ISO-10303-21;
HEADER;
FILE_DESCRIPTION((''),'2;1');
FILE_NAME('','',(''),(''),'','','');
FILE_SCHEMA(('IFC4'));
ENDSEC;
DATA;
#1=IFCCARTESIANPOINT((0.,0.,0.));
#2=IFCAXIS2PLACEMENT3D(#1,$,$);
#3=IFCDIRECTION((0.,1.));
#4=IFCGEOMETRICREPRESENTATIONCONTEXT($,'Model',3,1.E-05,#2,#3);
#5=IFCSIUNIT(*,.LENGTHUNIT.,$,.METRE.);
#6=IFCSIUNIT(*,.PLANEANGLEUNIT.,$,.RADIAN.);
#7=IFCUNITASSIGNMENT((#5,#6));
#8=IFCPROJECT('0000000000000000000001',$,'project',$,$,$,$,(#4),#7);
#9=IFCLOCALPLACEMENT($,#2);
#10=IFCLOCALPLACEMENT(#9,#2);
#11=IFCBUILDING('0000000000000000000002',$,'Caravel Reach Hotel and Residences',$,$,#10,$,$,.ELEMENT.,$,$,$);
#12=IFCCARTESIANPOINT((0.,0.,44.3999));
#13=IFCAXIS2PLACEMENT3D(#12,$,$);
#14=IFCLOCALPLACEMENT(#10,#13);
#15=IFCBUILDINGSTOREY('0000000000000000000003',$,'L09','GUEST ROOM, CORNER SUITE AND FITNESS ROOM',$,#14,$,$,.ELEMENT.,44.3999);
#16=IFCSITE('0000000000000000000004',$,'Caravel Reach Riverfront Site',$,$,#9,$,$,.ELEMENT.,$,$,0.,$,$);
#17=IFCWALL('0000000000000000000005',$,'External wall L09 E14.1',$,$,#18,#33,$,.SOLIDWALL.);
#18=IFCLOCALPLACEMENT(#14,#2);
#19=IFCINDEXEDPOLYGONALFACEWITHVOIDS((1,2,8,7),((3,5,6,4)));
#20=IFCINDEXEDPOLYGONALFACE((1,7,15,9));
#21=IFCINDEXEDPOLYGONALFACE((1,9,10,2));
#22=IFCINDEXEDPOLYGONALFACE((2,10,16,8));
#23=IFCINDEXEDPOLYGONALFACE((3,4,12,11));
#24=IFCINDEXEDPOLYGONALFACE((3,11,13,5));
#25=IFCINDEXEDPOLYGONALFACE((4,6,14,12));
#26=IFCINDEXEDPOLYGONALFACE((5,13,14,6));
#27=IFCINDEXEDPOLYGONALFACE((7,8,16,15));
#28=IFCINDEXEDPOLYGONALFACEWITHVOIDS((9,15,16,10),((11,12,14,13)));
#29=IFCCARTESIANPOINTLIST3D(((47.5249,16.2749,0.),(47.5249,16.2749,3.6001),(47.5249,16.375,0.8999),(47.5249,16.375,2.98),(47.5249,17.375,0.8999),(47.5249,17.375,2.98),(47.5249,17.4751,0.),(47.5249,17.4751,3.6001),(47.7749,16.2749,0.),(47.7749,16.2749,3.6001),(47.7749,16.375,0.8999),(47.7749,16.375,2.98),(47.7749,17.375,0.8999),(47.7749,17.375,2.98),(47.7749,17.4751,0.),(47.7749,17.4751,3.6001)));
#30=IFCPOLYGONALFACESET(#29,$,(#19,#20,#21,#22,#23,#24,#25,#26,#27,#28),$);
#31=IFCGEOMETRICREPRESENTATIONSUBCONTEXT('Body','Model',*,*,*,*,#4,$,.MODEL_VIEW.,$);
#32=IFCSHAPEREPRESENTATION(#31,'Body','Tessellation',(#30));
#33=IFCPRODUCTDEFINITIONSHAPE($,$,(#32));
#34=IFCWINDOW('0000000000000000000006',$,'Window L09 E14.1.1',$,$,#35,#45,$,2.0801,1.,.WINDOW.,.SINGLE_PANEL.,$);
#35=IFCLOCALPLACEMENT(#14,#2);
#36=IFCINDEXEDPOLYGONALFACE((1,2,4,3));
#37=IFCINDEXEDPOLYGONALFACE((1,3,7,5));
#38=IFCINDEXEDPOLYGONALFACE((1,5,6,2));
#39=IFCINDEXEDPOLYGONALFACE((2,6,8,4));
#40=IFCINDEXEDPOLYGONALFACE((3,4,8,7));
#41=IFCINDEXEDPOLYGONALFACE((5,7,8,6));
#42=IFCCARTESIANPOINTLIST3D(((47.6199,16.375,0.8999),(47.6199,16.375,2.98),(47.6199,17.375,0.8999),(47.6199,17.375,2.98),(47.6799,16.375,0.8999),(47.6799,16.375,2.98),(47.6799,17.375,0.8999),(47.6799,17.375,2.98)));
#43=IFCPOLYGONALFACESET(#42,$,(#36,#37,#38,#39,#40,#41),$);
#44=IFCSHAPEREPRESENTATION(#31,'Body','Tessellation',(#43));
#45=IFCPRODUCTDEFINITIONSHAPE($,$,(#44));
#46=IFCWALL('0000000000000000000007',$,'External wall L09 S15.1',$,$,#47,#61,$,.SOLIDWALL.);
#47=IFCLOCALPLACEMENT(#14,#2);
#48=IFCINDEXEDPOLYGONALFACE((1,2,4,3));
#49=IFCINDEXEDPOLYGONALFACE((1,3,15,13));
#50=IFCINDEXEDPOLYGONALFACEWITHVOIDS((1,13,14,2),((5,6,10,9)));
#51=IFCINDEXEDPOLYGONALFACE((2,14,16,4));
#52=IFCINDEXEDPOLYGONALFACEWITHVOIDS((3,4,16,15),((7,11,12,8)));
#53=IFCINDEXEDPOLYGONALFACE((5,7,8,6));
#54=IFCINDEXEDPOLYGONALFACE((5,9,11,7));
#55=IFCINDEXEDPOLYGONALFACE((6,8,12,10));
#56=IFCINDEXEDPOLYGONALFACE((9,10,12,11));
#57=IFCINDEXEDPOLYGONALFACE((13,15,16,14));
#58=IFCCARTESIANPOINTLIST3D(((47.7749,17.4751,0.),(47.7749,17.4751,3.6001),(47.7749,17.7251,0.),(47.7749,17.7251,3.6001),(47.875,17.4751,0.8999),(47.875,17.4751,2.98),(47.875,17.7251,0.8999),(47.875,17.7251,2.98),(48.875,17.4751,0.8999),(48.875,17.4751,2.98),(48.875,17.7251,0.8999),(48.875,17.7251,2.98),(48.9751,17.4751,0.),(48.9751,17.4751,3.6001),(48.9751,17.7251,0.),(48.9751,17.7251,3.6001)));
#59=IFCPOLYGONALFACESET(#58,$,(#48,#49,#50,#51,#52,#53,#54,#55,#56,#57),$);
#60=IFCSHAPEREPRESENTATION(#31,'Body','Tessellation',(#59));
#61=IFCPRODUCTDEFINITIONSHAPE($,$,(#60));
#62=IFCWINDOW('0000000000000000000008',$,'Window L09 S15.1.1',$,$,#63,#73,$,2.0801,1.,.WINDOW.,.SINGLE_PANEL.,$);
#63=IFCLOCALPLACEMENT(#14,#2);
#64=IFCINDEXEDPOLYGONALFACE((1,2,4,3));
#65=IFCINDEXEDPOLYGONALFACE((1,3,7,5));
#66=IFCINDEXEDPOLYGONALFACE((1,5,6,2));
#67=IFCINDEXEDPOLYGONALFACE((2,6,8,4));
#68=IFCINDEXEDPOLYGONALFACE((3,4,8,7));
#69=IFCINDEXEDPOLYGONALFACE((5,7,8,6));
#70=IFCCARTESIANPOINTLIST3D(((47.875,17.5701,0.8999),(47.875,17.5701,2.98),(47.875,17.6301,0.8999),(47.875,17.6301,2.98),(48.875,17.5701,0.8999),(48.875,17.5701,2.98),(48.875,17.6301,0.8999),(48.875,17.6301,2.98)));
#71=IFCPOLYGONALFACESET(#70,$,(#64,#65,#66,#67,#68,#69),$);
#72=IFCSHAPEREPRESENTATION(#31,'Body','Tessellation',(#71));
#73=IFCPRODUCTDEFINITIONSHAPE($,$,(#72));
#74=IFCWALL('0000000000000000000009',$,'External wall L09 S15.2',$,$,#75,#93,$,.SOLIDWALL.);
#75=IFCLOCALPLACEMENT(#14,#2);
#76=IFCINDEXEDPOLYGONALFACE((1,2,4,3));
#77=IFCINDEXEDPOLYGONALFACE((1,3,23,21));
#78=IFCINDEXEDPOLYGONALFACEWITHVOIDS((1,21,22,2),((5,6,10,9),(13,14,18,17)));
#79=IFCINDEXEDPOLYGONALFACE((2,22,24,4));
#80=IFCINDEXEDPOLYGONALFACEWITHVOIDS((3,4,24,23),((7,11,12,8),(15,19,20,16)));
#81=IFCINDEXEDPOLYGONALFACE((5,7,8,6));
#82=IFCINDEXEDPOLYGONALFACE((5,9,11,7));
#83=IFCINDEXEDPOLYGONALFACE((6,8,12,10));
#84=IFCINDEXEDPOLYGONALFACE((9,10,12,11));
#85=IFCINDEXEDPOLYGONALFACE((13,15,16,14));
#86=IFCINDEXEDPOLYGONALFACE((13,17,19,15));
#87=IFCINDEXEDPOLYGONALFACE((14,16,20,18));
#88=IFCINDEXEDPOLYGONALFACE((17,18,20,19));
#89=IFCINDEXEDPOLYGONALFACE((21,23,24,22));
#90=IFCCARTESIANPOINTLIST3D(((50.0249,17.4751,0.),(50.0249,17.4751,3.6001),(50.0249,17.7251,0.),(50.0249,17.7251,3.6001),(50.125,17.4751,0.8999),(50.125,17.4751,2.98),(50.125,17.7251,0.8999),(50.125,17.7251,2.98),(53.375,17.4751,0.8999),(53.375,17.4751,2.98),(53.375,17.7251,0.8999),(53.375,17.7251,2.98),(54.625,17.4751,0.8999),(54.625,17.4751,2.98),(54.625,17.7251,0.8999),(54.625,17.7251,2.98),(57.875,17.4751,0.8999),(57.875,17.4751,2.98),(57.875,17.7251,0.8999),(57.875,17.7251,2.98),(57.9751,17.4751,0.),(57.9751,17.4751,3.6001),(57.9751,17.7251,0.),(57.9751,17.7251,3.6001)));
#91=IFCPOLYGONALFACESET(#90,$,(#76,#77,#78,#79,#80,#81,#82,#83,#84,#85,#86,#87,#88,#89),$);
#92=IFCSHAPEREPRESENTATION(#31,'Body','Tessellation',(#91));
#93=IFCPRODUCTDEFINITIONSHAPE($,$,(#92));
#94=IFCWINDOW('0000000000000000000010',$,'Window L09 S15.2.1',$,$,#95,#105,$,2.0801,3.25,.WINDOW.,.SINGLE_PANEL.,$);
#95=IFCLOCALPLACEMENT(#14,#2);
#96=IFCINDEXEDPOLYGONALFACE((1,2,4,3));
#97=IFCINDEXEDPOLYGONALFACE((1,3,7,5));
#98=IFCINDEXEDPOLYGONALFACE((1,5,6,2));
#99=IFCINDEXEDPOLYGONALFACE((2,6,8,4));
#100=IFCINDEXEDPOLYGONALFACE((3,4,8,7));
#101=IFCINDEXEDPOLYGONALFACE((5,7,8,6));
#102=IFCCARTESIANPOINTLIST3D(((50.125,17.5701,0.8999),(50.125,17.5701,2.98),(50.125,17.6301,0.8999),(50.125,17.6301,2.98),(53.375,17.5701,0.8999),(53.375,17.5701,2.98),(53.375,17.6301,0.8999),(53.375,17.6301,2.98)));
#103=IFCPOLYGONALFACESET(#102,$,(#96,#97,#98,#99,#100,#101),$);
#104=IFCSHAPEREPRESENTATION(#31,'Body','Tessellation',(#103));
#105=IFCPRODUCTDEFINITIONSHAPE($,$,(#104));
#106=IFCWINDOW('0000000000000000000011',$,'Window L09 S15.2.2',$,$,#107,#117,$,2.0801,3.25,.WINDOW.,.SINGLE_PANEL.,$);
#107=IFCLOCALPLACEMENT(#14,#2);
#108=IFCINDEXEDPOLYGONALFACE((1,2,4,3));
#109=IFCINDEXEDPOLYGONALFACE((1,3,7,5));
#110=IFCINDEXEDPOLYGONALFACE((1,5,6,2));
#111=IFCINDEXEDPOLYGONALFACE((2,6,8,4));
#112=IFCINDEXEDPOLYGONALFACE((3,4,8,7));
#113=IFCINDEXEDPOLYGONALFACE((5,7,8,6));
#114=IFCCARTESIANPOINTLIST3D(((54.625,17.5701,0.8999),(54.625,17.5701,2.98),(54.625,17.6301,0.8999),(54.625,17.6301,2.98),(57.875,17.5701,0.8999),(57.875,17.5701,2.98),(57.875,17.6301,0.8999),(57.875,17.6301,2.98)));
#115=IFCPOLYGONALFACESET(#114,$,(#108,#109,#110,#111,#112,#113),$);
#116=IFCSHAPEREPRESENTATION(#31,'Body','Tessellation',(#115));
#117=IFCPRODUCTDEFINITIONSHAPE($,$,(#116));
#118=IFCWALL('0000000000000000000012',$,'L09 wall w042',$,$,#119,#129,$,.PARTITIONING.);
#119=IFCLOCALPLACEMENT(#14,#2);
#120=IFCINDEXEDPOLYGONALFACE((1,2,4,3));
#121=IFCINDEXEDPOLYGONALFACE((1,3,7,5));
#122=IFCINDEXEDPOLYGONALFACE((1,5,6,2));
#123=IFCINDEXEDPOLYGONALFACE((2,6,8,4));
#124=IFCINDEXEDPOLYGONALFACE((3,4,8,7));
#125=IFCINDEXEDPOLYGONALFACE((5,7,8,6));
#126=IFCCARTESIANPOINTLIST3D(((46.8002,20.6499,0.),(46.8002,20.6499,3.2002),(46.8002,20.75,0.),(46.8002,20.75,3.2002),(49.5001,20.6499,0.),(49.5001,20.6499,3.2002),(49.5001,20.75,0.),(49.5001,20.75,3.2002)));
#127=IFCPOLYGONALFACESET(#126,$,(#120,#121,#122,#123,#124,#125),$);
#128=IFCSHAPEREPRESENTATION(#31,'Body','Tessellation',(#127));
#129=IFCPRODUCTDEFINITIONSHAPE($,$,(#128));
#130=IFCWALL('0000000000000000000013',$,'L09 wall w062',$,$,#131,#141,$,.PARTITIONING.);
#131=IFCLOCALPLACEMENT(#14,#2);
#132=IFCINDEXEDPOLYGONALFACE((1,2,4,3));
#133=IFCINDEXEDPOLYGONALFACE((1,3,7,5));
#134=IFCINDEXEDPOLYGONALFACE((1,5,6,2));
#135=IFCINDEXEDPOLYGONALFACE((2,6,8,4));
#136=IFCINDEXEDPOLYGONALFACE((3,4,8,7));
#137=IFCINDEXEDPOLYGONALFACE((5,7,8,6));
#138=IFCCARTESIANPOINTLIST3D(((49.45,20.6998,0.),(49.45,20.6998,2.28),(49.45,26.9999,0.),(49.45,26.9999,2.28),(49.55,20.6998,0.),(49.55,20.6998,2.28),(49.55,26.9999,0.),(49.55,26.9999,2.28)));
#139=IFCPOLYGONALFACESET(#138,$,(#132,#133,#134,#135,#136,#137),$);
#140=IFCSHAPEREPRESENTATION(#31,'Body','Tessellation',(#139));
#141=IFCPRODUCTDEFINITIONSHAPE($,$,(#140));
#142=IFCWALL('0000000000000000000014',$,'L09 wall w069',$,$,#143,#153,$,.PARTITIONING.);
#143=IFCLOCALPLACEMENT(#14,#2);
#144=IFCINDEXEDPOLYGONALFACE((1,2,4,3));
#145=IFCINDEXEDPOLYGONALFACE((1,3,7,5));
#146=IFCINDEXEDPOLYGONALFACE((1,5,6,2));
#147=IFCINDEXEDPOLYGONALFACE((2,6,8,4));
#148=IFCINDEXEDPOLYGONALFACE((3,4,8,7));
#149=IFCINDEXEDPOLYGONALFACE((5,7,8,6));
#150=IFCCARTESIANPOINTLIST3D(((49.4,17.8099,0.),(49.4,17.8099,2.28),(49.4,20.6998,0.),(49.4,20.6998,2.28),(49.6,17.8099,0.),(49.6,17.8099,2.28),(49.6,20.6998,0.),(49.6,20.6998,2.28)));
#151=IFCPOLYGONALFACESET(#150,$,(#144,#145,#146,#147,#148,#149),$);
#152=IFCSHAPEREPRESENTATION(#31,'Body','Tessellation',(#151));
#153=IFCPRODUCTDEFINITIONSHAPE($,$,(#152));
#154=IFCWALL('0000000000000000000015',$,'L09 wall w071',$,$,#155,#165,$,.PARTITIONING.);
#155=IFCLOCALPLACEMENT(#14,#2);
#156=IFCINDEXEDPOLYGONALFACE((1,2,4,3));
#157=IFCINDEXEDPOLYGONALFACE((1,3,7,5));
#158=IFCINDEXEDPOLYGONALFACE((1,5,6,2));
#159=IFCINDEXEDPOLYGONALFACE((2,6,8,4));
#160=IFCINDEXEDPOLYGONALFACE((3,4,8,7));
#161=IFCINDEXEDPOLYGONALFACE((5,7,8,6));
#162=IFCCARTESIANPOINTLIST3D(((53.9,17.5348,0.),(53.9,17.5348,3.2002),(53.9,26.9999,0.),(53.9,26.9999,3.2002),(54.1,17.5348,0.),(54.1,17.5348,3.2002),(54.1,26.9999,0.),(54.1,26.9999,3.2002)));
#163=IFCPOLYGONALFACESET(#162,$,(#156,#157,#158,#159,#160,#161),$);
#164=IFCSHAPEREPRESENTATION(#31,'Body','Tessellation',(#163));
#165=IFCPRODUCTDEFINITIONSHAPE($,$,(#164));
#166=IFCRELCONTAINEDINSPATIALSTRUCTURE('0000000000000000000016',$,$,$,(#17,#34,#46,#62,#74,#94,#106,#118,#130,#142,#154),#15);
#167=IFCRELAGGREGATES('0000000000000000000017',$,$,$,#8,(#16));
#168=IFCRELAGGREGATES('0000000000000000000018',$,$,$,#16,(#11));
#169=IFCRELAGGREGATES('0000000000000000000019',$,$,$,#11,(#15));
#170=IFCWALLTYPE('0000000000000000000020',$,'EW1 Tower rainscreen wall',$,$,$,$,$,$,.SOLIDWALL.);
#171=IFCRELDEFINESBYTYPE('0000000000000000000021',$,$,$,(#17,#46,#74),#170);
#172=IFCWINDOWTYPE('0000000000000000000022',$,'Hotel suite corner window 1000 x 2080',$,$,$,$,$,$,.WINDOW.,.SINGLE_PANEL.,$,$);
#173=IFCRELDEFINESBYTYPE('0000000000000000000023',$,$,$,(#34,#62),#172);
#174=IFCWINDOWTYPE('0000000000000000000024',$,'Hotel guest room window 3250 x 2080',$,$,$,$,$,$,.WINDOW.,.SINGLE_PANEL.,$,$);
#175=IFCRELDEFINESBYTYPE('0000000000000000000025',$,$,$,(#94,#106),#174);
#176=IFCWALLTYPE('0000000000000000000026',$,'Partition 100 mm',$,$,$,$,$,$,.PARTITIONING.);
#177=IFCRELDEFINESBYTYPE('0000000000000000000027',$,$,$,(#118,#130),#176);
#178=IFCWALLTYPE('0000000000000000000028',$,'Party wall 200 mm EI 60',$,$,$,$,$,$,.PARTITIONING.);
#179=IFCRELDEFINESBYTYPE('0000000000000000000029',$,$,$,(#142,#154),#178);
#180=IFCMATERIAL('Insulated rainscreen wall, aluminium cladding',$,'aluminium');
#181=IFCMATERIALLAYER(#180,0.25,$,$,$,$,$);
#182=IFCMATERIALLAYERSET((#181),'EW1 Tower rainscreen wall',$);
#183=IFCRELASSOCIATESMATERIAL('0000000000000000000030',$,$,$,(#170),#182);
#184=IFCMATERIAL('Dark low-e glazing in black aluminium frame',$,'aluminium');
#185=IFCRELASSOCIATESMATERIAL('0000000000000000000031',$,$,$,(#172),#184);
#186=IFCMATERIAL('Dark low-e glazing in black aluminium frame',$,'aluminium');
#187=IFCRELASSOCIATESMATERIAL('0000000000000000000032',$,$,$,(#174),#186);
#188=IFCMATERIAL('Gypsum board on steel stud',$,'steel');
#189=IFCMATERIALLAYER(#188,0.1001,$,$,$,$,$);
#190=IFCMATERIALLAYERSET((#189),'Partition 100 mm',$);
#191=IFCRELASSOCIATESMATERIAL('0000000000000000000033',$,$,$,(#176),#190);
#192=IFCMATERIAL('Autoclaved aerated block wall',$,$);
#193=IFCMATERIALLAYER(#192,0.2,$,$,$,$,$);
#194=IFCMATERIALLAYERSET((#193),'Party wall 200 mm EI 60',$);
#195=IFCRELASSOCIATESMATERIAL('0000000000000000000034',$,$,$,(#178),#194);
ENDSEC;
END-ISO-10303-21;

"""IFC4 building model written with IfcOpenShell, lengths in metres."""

from ifc_helpers import new_model, si_unit, direction, frame, frame_2d, origin, place, context, subcontext, project, spatial, rectangle, extrude, material, layer, layer_set, type_object, element, fill, save


model = new_model("IFC4")

# Units and contexts
model_context = context("Model", 3, precision=1e-05, world=origin(), true_north=direction((0.0, 1.0)))
body_context = subcontext(model_context, "Body", "Model", "MODEL_VIEW")
ifc_project = project(units=[si_unit("LENGTHUNIT", "METRE"), si_unit("PLANEANGLEUNIT", "RADIAN")], contexts=[model_context])

# Site, building, storey
site_placement = place(None, origin())
site = spatial("IfcSite", under=ifc_project, at=site_placement, Name="Caravel Reach Riverfront Site", CompositionType="ELEMENT", RefElevation=0.0)
building_placement = place(site_placement, origin())
building = spatial("IfcBuilding", under=site, at=building_placement, Name="Caravel Reach Hotel and Residences", CompositionType="ELEMENT")
storey_placement = place(building_placement, frame((0.0, 0.0, 44.3999)))
storey = spatial("IfcBuildingStorey", under=building, at=storey_placement, Name="L09", Description="GUEST ROOM, CORNER SUITE AND FITNESS ROOM", CompositionType="ELEMENT", Elevation=44.3999)

# Walls, openings, windows
ifc_material_1 = material(Name="Insulated rainscreen wall, aluminium cladding", Category="aluminium")
ifc_layer_1 = layer(ifc_material_1, 0.25)
ifc_layer_set_1 = layer_set([ifc_layer_1], Name="EW1 Tower rainscreen wall")
wall_type_1 = type_object("IfcWallType", Name="EW1 Tower rainscreen wall", PredefinedType="SOLIDWALL", material=ifc_layer_set_1)
ifc_material_2 = material(Name="Dark low-e glazing in black aluminium frame", Category="aluminium")
window_type_1 = type_object("IfcWindowType", Name="Hotel suite corner window 1000 x 2080", PartitioningType="SINGLE_PANEL", PredefinedType="WINDOW", material=ifc_material_2)
wall_1_placement = place(storey_placement, frame((47.6499, 16.2749, 0.0), z_axis=(0.0, 0.0, 1.0), x_axis=(0.0, 1.0, 0.0)))
wall_1 = element("IfcWall", 1, at=wall_1_placement, inside=storey, type_object=wall_type_1, Name="External wall L09 E14.1", PredefinedType="SOLIDWALL", context=body_context, shape_type="SweptSolid", body=[
    extrude(rectangle(XDim=1.2002, YDim=0.25, at=frame_2d((0.6001, 0.0))), origin(), (0.0, 0.0, 1.0), 3.6001),
])
opening_1_placement = place(wall_1_placement, frame((0.1001, 0.0, 0.8999)))
opening_1 = element("IfcOpeningElement", 2, at=opening_1_placement, cuts=wall_1, PredefinedType="OPENING", context=body_context, shape_type="SweptSolid", body=[
    extrude(rectangle(XDim=1.0, YDim=2.0801, at=frame_2d((0.5, 1.04))), frame((0.0, 0.135, 0.0), z_axis=(0.0, -1.0, 0.0), x_axis=(1.0, 0.0, 0.0)), (0.0, 0.0, 1.0), 0.27),
])
window_1_placement = place(opening_1_placement, origin())
window_1 = element("IfcWindow", 3, at=window_1_placement, inside=storey, type_object=window_type_1, Name="Window L09 E14.1.1", OverallHeight=2.0801, OverallWidth=1.0, PartitioningType="SINGLE_PANEL", PredefinedType="WINDOW", context=body_context, shape_type="SweptSolid", body=[
    extrude(rectangle(XDim=1.0, YDim=2.0801, at=frame_2d((0.5, 1.04))), frame((0.0, 0.03, 0.0), z_axis=(0.0, -1.0, 0.0), x_axis=(1.0, 0.0, 0.0)), (0.0, 0.0, 1.0), 0.0601),
])
fill(opening_1, window_1)
wall_2_placement = place(storey_placement, frame((47.7749, 17.6001, 0.0), z_axis=(0.0, 0.0, 1.0), x_axis=(1.0, 0.0, 0.0)))
wall_2 = element("IfcWall", 4, at=wall_2_placement, inside=storey, type_object=wall_type_1, Name="External wall L09 S15.1", PredefinedType="SOLIDWALL", context=body_context, shape_type="SweptSolid", body=[
    extrude(rectangle(XDim=1.2002, YDim=0.25, at=frame_2d((0.6001, 0.0))), origin(), (0.0, 0.0, 1.0), 3.6001),
])
opening_2_placement = place(wall_2_placement, frame((0.1001, 0.0, 0.8999)))
opening_2 = element("IfcOpeningElement", 5, at=opening_2_placement, cuts=wall_2, PredefinedType="OPENING", context=body_context, shape_type="SweptSolid", body=[
    extrude(rectangle(XDim=1.0, YDim=2.0801, at=frame_2d((0.5, 1.04))), frame((0.0, 0.135, 0.0), z_axis=(0.0, -1.0, 0.0), x_axis=(1.0, 0.0, 0.0)), (0.0, 0.0, 1.0), 0.27),
])
window_2_placement = place(opening_2_placement, origin())
window_2 = element("IfcWindow", 6, at=window_2_placement, inside=storey, type_object=window_type_1, Name="Window L09 S15.1.1", OverallHeight=2.0801, OverallWidth=1.0, PartitioningType="SINGLE_PANEL", PredefinedType="WINDOW", context=body_context, shape_type="SweptSolid", body=[
    extrude(rectangle(XDim=1.0, YDim=2.0801, at=frame_2d((0.5, 1.04))), frame((0.0, 0.03, 0.0), z_axis=(0.0, -1.0, 0.0), x_axis=(1.0, 0.0, 0.0)), (0.0, 0.0, 1.0), 0.0601),
])
fill(opening_2, window_2)

# Wall, openings, windows
wall_3_placement = place(storey_placement, frame((50.0249, 17.6001, 0.0), z_axis=(0.0, 0.0, 1.0), x_axis=(1.0, 0.0, 0.0)))
wall_3 = element("IfcWall", 7, at=wall_3_placement, inside=storey, type_object=wall_type_1, Name="External wall L09 S15.2", PredefinedType="SOLIDWALL", context=body_context, shape_type="SweptSolid", body=[
    extrude(rectangle(XDim=7.9502, YDim=0.25, at=frame_2d((3.9751, 0.0))), origin(), (0.0, 0.0, 1.0), 3.6001),
])
opening_3_placement = place(wall_3_placement, frame((0.1001, 0.0, 0.8999)))
opening_3 = element("IfcOpeningElement", 8, at=opening_3_placement, cuts=wall_3, PredefinedType="OPENING", context=body_context, shape_type="SweptSolid", body=[
    extrude(rectangle(XDim=3.25, YDim=2.0801, at=frame_2d((1.625, 1.04))), frame((0.0, 0.135, 0.0), z_axis=(0.0, -1.0, 0.0), x_axis=(1.0, 0.0, 0.0)), (0.0, 0.0, 1.0), 0.27),
])
opening_4_placement = place(wall_3_placement, frame((4.6001, 0.0, 0.8999)))
opening_4 = element("IfcOpeningElement", 9, at=opening_4_placement, cuts=wall_3, PredefinedType="OPENING", context=body_context, shape_type="SweptSolid", body=[
    extrude(rectangle(XDim=3.25, YDim=2.0801, at=frame_2d((1.625, 1.04))), frame((0.0, 0.135, 0.0), z_axis=(0.0, -1.0, 0.0), x_axis=(1.0, 0.0, 0.0)), (0.0, 0.0, 1.0), 0.27),
])
ifc_material_3 = material(Name="Dark low-e glazing in black aluminium frame", Category="aluminium")
window_type_2 = type_object("IfcWindowType", Name="Hotel guest room window 3250 x 2080", PartitioningType="SINGLE_PANEL", PredefinedType="WINDOW", material=ifc_material_3)
window_3_placement = place(opening_3_placement, origin())
window_3 = element("IfcWindow", 10, at=window_3_placement, inside=storey, type_object=window_type_2, Name="Window L09 S15.2.1", OverallHeight=2.0801, OverallWidth=3.25, PartitioningType="SINGLE_PANEL", PredefinedType="WINDOW", context=body_context, shape_type="SweptSolid", body=[
    extrude(rectangle(XDim=3.25, YDim=2.0801, at=frame_2d((1.625, 1.04))), frame((0.0, 0.03, 0.0), z_axis=(0.0, -1.0, 0.0), x_axis=(1.0, 0.0, 0.0)), (0.0, 0.0, 1.0), 0.0601),
])
fill(opening_3, window_3)
window_4_placement = place(opening_4_placement, origin())
window_4 = element("IfcWindow", 11, at=window_4_placement, inside=storey, type_object=window_type_2, Name="Window L09 S15.2.2", OverallHeight=2.0801, OverallWidth=3.25, PartitioningType="SINGLE_PANEL", PredefinedType="WINDOW", context=body_context, shape_type="SweptSolid", body=[
    extrude(rectangle(XDim=3.25, YDim=2.0801, at=frame_2d((1.625, 1.04))), frame((0.0, 0.03, 0.0), z_axis=(0.0, -1.0, 0.0), x_axis=(1.0, 0.0, 0.0)), (0.0, 0.0, 1.0), 0.0601),
])
fill(opening_4, window_4)

# Walls
ifc_material_4 = material(Name="Gypsum board on steel stud", Category="steel")
ifc_layer_2 = layer(ifc_material_4, 0.1001)
ifc_layer_set_2 = layer_set([ifc_layer_2], Name="Partition 100 mm")
wall_type_2 = type_object("IfcWallType", Name="Partition 100 mm", PredefinedType="PARTITIONING", material=ifc_layer_set_2)
wall_4_placement = place(storey_placement, frame((46.8, 20.7, 0.0), z_axis=(0.0, 0.0, 1.0), x_axis=(1.0, 0.0, 0.0)))
element("IfcWall", 12, at=wall_4_placement, inside=storey, type_object=wall_type_2, Name="L09 wall w042", PredefinedType="PARTITIONING", context=body_context, shape_type="SweptSolid", body=[
    extrude(rectangle(XDim=2.7, YDim=0.1001, at=frame_2d((1.3501, 0.0))), origin(), (0.0, 0.0, 1.0), 3.2002),
])
wall_5_placement = place(storey_placement, frame((49.5, 20.7, 0.0), z_axis=(0.0, 0.0, 1.0), x_axis=(0.0, 1.0, 0.0)))
element("IfcWall", 13, at=wall_5_placement, inside=storey, type_object=wall_type_2, Name="L09 wall w062", PredefinedType="PARTITIONING", context=body_context, shape_type="SweptSolid", body=[
    extrude(rectangle(XDim=6.3, YDim=0.1001, at=frame_2d((3.1499, 0.0))), origin(), (0.0, 0.0, 1.0), 2.28),
])
ifc_material_5 = material(Name="Autoclaved aerated block wall")
ifc_layer_3 = layer(ifc_material_5, 0.2)
ifc_layer_set_3 = layer_set([ifc_layer_3], Name="Party wall 200 mm EI 60")
wall_type_3 = type_object("IfcWallType", Name="Party wall 200 mm EI 60", PredefinedType="PARTITIONING", material=ifc_layer_set_3)
wall_6_placement = place(storey_placement, frame((49.5, 17.8101, 0.0), z_axis=(0.0, 0.0, 1.0), x_axis=(0.0, 1.0, 0.0)))
element("IfcWall", 14, at=wall_6_placement, inside=storey, type_object=wall_type_3, Name="L09 wall w069", PredefinedType="PARTITIONING", context=body_context, shape_type="SweptSolid", body=[
    extrude(rectangle(XDim=2.8899, YDim=0.2, at=frame_2d((1.4448, 0.0))), origin(), (0.0, 0.0, 1.0), 2.28),
])
wall_7_placement = place(storey_placement, frame((54.0, 17.5349, 0.0), z_axis=(0.0, 0.0, 1.0), x_axis=(0.0, 1.0, 0.0)))
element("IfcWall", 15, at=wall_7_placement, inside=storey, type_object=wall_type_3, Name="L09 wall w071", PredefinedType="PARTITIONING", context=body_context, shape_type="SweptSolid", body=[
    extrude(rectangle(XDim=9.4651, YDim=0.2, at=frame_2d((4.7324, 0.0))), origin(), (0.0, 0.0, 1.0), 3.2002),
])

save(model, "model.ifc")
